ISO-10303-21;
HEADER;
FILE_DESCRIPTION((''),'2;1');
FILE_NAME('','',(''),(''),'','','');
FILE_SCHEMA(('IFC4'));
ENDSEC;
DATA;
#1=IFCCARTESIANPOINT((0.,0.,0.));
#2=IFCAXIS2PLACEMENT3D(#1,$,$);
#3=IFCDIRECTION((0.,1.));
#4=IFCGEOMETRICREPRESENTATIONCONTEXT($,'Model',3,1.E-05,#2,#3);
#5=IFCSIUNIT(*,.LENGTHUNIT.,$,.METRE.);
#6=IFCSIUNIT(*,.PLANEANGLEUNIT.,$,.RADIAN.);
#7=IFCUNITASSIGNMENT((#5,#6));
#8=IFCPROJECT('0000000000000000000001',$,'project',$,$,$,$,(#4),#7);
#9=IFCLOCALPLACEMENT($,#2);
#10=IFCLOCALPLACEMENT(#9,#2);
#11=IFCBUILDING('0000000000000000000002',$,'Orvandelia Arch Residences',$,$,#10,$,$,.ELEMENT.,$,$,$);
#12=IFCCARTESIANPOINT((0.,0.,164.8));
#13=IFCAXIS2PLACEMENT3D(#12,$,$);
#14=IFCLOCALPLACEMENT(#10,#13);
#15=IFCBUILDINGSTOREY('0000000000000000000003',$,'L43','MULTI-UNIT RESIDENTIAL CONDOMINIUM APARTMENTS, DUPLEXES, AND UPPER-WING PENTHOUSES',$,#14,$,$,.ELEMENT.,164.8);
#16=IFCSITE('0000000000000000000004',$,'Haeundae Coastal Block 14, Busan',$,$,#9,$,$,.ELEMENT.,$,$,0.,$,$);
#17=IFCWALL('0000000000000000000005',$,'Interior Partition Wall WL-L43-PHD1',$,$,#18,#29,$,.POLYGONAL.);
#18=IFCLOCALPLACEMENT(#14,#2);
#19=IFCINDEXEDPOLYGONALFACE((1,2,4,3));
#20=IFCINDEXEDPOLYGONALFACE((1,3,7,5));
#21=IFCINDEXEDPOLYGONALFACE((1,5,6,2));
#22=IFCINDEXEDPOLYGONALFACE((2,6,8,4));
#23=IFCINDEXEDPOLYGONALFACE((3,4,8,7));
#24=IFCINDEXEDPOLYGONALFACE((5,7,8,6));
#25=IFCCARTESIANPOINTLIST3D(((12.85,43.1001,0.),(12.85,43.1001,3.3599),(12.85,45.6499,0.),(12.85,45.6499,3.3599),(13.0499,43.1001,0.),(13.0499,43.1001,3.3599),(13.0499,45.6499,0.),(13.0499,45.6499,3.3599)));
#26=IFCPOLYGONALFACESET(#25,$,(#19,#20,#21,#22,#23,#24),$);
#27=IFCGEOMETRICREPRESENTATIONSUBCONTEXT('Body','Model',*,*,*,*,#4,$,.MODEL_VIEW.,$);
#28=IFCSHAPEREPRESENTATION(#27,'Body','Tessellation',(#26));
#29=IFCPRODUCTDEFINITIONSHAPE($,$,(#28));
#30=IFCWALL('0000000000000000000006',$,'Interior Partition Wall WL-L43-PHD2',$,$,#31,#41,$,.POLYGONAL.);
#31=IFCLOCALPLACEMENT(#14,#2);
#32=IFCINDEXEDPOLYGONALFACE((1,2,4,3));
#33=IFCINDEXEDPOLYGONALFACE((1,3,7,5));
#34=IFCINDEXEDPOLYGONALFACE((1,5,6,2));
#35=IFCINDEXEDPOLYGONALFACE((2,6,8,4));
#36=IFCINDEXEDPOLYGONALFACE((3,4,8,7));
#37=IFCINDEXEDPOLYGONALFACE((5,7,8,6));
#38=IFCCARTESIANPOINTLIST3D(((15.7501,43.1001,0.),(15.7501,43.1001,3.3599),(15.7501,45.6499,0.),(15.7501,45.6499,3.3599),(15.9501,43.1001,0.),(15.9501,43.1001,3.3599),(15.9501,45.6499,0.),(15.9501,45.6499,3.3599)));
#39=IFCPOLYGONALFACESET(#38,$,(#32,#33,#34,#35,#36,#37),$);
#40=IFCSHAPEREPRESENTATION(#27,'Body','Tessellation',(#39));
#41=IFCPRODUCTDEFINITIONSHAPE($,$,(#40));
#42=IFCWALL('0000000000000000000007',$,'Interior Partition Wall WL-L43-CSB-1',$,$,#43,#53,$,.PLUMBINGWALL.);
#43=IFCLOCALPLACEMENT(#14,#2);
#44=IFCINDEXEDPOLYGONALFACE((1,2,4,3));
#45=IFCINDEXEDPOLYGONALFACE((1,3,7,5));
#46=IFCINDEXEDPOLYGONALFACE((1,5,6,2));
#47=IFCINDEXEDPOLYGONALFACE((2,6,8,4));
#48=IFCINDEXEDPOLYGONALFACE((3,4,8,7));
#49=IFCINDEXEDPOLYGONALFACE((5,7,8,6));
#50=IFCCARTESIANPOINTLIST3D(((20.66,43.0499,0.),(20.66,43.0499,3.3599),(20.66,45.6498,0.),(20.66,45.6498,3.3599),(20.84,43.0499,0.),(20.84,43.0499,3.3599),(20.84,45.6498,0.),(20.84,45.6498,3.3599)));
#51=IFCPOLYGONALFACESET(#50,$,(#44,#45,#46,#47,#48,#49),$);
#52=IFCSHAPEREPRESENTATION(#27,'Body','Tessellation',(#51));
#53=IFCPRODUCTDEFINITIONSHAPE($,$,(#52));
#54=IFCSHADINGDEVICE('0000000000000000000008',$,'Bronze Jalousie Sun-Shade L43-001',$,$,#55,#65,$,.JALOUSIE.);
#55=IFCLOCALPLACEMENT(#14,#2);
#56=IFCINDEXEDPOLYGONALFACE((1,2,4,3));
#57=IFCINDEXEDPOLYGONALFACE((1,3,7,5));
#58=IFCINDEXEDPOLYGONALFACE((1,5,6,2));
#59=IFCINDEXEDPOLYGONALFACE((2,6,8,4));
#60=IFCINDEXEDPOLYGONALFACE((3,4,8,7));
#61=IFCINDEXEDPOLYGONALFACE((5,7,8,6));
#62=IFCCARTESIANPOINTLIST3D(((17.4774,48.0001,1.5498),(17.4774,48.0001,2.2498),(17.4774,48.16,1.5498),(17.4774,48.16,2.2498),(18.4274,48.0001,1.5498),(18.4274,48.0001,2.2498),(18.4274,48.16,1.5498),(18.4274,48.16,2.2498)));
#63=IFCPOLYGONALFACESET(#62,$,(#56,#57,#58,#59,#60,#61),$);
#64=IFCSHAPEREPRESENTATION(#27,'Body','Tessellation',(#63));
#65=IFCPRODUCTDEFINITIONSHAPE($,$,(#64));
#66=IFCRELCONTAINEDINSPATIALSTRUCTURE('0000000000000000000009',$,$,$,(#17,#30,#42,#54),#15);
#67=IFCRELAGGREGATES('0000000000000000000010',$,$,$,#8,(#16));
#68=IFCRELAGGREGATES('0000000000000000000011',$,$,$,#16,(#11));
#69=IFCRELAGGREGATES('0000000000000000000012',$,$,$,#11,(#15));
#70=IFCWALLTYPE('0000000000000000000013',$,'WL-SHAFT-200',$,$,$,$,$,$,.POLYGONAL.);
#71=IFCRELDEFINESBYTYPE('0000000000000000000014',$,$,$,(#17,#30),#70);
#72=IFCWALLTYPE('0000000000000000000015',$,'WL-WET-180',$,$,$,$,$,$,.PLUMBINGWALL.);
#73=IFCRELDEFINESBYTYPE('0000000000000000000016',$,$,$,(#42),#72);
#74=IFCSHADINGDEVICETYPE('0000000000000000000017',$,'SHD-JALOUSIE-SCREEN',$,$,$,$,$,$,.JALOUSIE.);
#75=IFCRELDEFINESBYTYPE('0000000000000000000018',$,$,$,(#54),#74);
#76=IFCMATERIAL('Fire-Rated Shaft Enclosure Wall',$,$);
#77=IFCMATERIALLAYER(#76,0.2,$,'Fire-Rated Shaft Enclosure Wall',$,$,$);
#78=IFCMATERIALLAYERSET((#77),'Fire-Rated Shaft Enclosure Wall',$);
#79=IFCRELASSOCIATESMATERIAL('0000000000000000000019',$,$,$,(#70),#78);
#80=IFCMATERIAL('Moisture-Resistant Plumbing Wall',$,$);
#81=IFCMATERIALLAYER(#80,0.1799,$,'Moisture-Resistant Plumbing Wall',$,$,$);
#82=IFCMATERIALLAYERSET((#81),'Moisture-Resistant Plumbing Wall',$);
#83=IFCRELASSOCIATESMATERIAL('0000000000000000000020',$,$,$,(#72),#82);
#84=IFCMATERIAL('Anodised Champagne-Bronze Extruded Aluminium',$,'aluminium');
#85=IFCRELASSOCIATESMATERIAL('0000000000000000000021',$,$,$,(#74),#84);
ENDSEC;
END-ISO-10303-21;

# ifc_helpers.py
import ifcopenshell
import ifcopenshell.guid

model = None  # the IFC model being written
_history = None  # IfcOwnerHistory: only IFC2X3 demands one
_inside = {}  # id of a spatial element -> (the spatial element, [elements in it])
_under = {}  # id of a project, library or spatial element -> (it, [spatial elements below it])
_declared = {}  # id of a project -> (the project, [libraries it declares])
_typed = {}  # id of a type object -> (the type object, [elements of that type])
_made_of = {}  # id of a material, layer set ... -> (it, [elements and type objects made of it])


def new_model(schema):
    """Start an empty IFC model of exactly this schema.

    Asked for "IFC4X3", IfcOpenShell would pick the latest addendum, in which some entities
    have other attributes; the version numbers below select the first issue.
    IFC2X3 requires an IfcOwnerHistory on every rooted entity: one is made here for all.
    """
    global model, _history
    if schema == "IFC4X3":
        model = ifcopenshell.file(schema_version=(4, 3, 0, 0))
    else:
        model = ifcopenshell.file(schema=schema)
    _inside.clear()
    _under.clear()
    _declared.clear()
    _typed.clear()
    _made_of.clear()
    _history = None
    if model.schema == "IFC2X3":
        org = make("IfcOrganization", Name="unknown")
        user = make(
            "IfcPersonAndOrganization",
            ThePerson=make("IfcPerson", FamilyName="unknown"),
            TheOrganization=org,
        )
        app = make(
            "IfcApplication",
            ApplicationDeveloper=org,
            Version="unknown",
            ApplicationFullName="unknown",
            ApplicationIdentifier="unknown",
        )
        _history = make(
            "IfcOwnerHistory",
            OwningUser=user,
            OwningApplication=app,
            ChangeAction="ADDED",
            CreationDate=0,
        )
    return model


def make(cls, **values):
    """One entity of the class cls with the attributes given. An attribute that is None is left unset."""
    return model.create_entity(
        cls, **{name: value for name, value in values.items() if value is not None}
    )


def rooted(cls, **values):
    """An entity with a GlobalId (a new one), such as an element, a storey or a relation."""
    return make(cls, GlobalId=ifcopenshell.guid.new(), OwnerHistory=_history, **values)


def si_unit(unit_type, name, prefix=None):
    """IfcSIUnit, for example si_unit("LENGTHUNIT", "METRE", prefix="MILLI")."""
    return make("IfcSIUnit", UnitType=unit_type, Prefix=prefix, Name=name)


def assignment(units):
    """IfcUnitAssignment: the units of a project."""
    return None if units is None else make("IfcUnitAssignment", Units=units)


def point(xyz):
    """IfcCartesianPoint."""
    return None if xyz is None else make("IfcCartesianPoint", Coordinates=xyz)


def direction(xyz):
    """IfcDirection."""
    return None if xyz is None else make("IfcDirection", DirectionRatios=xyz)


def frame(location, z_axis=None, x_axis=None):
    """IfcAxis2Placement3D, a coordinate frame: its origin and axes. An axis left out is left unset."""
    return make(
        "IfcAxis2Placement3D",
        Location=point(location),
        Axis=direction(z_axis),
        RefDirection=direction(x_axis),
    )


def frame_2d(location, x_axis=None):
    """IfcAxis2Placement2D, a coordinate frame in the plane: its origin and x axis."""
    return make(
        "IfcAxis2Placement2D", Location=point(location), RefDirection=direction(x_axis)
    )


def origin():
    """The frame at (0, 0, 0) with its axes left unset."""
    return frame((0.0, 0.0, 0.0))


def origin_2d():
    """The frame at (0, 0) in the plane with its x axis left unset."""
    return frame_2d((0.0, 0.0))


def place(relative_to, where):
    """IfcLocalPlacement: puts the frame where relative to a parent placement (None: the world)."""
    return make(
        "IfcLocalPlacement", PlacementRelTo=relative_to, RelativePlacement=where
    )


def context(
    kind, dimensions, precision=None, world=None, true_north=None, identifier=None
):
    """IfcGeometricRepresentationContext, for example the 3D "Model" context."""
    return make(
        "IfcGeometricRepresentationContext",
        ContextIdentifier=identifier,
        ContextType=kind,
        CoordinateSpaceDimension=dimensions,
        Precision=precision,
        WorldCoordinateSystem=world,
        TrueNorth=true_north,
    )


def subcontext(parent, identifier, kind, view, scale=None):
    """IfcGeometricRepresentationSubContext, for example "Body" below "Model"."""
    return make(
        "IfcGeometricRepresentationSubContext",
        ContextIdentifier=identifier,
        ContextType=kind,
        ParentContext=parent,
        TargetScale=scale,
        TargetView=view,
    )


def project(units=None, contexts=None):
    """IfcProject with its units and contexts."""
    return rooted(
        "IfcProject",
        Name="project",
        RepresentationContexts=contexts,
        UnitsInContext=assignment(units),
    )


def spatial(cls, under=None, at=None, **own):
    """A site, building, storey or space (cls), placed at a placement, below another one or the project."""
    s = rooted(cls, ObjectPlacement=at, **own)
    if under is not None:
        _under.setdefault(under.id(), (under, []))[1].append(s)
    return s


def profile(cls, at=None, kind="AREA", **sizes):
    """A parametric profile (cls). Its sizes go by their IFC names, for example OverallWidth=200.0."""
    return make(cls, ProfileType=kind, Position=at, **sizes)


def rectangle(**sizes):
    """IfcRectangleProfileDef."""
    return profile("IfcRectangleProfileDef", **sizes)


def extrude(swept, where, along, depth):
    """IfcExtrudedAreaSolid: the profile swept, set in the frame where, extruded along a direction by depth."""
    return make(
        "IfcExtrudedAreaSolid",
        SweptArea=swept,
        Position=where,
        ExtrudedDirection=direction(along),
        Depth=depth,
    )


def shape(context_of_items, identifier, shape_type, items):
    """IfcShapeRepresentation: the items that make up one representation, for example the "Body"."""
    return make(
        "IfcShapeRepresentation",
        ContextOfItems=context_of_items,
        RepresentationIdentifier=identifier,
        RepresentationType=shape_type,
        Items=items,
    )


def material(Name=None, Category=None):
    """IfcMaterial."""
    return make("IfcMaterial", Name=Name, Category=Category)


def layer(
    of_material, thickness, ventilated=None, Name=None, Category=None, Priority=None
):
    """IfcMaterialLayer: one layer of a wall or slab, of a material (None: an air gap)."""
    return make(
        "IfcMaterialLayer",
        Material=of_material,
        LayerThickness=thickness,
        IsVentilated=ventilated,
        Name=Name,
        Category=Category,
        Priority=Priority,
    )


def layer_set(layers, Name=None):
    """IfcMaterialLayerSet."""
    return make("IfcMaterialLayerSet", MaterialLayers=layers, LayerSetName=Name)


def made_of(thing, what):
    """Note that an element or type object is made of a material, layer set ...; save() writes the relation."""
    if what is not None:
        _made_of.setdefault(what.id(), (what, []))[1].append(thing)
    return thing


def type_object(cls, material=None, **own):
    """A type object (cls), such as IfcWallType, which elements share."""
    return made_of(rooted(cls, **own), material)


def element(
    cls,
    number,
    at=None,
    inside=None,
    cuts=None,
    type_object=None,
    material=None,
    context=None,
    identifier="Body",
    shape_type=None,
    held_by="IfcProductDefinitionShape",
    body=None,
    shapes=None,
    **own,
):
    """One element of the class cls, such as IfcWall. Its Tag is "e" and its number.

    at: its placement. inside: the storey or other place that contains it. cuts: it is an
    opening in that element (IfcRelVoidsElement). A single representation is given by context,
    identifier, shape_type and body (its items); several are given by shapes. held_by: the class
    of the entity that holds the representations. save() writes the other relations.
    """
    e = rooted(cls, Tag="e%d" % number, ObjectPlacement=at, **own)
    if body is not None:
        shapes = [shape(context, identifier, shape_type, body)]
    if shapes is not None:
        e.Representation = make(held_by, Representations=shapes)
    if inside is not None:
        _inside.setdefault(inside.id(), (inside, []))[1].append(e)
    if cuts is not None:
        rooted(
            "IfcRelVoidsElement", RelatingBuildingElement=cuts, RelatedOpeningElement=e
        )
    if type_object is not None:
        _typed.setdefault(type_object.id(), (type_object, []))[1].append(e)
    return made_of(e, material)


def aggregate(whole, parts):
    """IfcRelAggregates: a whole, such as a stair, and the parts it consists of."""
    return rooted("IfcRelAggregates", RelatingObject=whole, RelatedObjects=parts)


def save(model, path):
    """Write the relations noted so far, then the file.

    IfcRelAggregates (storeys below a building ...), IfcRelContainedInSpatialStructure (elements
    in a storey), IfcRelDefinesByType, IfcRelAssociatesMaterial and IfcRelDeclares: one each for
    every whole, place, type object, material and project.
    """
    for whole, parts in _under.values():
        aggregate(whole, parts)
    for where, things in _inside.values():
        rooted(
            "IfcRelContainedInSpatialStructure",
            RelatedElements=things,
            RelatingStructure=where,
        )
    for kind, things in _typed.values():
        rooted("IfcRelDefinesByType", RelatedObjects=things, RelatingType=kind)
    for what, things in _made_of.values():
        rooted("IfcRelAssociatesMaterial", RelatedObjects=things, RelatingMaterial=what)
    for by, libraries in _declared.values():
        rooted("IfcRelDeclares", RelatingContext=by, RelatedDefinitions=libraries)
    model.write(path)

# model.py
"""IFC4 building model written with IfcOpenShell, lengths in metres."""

from ifc_helpers import new_model, si_unit, direction, frame, frame_2d, origin, origin_2d, place, context, subcontext, project, spatial, rectangle, extrude, material, layer, layer_set, type_object, element, save


model = new_model("IFC4")

# Units and contexts
model_context = context("Model", 3, precision=1e-05, world=origin(), true_north=direction((0.0, 1.0)))
body_context = subcontext(model_context, "Body", "Model", "MODEL_VIEW")
ifc_project = project(units=[si_unit("LENGTHUNIT", "METRE"), si_unit("PLANEANGLEUNIT", "RADIAN")], contexts=[model_context])

# Site, building, storey
site_placement = place(None, origin())
site = spatial("IfcSite", under=ifc_project, at=site_placement, Name="Haeundae Coastal Block 14, Busan", CompositionType="ELEMENT", RefElevation=0.0)
building_placement = place(site_placement, origin())
building = spatial("IfcBuilding", under=site, at=building_placement, Name="Orvandelia Arch Residences", CompositionType="ELEMENT")
storey_placement = place(building_placement, frame((0.0, 0.0, 164.8)))
storey = spatial("IfcBuildingStorey", under=building, at=storey_placement, Name="L43", Description="MULTI-UNIT RESIDENTIAL CONDOMINIUM APARTMENTS, DUPLEXES, AND UPPER-WING PENTHOUSES", CompositionType="ELEMENT", Elevation=164.8)

# Shared definitions
ifc_material_1 = material(Name="Fire-Rated Shaft Enclosure Wall")
ifc_layer_1 = layer(ifc_material_1, 0.2, Name="Fire-Rated Shaft Enclosure Wall")
ifc_layer_set_1 = layer_set([ifc_layer_1], Name="Fire-Rated Shaft Enclosure Wall")
wall_type_1 = type_object("IfcWallType", Name="WL-SHAFT-200", PredefinedType="POLYGONAL", material=ifc_layer_set_1)

# Walls
for number, where, z_axis, x_axis, name in (
    (1, (12.95, 43.1001, 0.0), (0.0, 0.0, 1.0), (0.0, 1.0, 0.0), "Interior Partition Wall WL-L43-PHD1"),
    (2, (15.8501, 43.1001, 0.0), (0.0, 0.0, 1.0), (0.0, 1.0, 0.0), "Interior Partition Wall WL-L43-PHD2"),
):
    element("IfcWall", number, at=place(storey_placement, frame(where, z_axis=z_axis, x_axis=x_axis)), inside=storey, type_object=wall_type_1, Name=name, PredefinedType="POLYGONAL", context=body_context, shape_type="SweptSolid", body=[
        extrude(rectangle(XDim=2.5498, YDim=0.2, at=frame_2d((1.2749, 0.0))), origin(), (0.0, 0.0, 1.0), 3.3599),
    ])
ifc_material_2 = material(Name="Moisture-Resistant Plumbing Wall")
ifc_layer_2 = layer(ifc_material_2, 0.1799, Name="Moisture-Resistant Plumbing Wall")
ifc_layer_set_2 = layer_set([ifc_layer_2], Name="Moisture-Resistant Plumbing Wall")
wall_type_2 = type_object("IfcWallType", Name="WL-WET-180", PredefinedType="PLUMBINGWALL", material=ifc_layer_set_2)
wall_1_placement = place(storey_placement, frame((20.75, 43.05, 0.0), z_axis=(0.0, 0.0, 1.0), x_axis=(0.0, 1.0, 0.0)))
element("IfcWall", 3, at=wall_1_placement, inside=storey, type_object=wall_type_2, Name="Interior Partition Wall WL-L43-CSB-1", PredefinedType="PLUMBINGWALL", context=body_context, shape_type="SweptSolid", body=[
    extrude(rectangle(XDim=2.5999, YDim=0.1799, at=frame_2d((1.2998, 0.0))), origin(), (0.0, 0.0, 1.0), 3.3599),
])

# Shading device
ifc_material_3 = material(Name="Anodised Champagne-Bronze Extruded Aluminium", Category="aluminium")
shading_device_type = type_object("IfcShadingDeviceType", Name="SHD-JALOUSIE-SCREEN", PredefinedType="JALOUSIE", material=ifc_material_3)
shading_device_placement = place(storey_placement, frame((17.9524, 48.0801, 1.5498), z_axis=(0.0, 0.0, 1.0), x_axis=(1.0, 0.0, 0.0)))
element("IfcShadingDevice", 4, at=shading_device_placement, inside=storey, type_object=shading_device_type, Name="Bronze Jalousie Sun-Shade L43-001", PredefinedType="JALOUSIE", context=body_context, shape_type="SweptSolid", body=[
    extrude(rectangle(XDim=0.95, YDim=0.1599, at=origin_2d()), origin(), (0.0, 0.0, 1.0), 0.7),
])

save(model, "model.ifc")
